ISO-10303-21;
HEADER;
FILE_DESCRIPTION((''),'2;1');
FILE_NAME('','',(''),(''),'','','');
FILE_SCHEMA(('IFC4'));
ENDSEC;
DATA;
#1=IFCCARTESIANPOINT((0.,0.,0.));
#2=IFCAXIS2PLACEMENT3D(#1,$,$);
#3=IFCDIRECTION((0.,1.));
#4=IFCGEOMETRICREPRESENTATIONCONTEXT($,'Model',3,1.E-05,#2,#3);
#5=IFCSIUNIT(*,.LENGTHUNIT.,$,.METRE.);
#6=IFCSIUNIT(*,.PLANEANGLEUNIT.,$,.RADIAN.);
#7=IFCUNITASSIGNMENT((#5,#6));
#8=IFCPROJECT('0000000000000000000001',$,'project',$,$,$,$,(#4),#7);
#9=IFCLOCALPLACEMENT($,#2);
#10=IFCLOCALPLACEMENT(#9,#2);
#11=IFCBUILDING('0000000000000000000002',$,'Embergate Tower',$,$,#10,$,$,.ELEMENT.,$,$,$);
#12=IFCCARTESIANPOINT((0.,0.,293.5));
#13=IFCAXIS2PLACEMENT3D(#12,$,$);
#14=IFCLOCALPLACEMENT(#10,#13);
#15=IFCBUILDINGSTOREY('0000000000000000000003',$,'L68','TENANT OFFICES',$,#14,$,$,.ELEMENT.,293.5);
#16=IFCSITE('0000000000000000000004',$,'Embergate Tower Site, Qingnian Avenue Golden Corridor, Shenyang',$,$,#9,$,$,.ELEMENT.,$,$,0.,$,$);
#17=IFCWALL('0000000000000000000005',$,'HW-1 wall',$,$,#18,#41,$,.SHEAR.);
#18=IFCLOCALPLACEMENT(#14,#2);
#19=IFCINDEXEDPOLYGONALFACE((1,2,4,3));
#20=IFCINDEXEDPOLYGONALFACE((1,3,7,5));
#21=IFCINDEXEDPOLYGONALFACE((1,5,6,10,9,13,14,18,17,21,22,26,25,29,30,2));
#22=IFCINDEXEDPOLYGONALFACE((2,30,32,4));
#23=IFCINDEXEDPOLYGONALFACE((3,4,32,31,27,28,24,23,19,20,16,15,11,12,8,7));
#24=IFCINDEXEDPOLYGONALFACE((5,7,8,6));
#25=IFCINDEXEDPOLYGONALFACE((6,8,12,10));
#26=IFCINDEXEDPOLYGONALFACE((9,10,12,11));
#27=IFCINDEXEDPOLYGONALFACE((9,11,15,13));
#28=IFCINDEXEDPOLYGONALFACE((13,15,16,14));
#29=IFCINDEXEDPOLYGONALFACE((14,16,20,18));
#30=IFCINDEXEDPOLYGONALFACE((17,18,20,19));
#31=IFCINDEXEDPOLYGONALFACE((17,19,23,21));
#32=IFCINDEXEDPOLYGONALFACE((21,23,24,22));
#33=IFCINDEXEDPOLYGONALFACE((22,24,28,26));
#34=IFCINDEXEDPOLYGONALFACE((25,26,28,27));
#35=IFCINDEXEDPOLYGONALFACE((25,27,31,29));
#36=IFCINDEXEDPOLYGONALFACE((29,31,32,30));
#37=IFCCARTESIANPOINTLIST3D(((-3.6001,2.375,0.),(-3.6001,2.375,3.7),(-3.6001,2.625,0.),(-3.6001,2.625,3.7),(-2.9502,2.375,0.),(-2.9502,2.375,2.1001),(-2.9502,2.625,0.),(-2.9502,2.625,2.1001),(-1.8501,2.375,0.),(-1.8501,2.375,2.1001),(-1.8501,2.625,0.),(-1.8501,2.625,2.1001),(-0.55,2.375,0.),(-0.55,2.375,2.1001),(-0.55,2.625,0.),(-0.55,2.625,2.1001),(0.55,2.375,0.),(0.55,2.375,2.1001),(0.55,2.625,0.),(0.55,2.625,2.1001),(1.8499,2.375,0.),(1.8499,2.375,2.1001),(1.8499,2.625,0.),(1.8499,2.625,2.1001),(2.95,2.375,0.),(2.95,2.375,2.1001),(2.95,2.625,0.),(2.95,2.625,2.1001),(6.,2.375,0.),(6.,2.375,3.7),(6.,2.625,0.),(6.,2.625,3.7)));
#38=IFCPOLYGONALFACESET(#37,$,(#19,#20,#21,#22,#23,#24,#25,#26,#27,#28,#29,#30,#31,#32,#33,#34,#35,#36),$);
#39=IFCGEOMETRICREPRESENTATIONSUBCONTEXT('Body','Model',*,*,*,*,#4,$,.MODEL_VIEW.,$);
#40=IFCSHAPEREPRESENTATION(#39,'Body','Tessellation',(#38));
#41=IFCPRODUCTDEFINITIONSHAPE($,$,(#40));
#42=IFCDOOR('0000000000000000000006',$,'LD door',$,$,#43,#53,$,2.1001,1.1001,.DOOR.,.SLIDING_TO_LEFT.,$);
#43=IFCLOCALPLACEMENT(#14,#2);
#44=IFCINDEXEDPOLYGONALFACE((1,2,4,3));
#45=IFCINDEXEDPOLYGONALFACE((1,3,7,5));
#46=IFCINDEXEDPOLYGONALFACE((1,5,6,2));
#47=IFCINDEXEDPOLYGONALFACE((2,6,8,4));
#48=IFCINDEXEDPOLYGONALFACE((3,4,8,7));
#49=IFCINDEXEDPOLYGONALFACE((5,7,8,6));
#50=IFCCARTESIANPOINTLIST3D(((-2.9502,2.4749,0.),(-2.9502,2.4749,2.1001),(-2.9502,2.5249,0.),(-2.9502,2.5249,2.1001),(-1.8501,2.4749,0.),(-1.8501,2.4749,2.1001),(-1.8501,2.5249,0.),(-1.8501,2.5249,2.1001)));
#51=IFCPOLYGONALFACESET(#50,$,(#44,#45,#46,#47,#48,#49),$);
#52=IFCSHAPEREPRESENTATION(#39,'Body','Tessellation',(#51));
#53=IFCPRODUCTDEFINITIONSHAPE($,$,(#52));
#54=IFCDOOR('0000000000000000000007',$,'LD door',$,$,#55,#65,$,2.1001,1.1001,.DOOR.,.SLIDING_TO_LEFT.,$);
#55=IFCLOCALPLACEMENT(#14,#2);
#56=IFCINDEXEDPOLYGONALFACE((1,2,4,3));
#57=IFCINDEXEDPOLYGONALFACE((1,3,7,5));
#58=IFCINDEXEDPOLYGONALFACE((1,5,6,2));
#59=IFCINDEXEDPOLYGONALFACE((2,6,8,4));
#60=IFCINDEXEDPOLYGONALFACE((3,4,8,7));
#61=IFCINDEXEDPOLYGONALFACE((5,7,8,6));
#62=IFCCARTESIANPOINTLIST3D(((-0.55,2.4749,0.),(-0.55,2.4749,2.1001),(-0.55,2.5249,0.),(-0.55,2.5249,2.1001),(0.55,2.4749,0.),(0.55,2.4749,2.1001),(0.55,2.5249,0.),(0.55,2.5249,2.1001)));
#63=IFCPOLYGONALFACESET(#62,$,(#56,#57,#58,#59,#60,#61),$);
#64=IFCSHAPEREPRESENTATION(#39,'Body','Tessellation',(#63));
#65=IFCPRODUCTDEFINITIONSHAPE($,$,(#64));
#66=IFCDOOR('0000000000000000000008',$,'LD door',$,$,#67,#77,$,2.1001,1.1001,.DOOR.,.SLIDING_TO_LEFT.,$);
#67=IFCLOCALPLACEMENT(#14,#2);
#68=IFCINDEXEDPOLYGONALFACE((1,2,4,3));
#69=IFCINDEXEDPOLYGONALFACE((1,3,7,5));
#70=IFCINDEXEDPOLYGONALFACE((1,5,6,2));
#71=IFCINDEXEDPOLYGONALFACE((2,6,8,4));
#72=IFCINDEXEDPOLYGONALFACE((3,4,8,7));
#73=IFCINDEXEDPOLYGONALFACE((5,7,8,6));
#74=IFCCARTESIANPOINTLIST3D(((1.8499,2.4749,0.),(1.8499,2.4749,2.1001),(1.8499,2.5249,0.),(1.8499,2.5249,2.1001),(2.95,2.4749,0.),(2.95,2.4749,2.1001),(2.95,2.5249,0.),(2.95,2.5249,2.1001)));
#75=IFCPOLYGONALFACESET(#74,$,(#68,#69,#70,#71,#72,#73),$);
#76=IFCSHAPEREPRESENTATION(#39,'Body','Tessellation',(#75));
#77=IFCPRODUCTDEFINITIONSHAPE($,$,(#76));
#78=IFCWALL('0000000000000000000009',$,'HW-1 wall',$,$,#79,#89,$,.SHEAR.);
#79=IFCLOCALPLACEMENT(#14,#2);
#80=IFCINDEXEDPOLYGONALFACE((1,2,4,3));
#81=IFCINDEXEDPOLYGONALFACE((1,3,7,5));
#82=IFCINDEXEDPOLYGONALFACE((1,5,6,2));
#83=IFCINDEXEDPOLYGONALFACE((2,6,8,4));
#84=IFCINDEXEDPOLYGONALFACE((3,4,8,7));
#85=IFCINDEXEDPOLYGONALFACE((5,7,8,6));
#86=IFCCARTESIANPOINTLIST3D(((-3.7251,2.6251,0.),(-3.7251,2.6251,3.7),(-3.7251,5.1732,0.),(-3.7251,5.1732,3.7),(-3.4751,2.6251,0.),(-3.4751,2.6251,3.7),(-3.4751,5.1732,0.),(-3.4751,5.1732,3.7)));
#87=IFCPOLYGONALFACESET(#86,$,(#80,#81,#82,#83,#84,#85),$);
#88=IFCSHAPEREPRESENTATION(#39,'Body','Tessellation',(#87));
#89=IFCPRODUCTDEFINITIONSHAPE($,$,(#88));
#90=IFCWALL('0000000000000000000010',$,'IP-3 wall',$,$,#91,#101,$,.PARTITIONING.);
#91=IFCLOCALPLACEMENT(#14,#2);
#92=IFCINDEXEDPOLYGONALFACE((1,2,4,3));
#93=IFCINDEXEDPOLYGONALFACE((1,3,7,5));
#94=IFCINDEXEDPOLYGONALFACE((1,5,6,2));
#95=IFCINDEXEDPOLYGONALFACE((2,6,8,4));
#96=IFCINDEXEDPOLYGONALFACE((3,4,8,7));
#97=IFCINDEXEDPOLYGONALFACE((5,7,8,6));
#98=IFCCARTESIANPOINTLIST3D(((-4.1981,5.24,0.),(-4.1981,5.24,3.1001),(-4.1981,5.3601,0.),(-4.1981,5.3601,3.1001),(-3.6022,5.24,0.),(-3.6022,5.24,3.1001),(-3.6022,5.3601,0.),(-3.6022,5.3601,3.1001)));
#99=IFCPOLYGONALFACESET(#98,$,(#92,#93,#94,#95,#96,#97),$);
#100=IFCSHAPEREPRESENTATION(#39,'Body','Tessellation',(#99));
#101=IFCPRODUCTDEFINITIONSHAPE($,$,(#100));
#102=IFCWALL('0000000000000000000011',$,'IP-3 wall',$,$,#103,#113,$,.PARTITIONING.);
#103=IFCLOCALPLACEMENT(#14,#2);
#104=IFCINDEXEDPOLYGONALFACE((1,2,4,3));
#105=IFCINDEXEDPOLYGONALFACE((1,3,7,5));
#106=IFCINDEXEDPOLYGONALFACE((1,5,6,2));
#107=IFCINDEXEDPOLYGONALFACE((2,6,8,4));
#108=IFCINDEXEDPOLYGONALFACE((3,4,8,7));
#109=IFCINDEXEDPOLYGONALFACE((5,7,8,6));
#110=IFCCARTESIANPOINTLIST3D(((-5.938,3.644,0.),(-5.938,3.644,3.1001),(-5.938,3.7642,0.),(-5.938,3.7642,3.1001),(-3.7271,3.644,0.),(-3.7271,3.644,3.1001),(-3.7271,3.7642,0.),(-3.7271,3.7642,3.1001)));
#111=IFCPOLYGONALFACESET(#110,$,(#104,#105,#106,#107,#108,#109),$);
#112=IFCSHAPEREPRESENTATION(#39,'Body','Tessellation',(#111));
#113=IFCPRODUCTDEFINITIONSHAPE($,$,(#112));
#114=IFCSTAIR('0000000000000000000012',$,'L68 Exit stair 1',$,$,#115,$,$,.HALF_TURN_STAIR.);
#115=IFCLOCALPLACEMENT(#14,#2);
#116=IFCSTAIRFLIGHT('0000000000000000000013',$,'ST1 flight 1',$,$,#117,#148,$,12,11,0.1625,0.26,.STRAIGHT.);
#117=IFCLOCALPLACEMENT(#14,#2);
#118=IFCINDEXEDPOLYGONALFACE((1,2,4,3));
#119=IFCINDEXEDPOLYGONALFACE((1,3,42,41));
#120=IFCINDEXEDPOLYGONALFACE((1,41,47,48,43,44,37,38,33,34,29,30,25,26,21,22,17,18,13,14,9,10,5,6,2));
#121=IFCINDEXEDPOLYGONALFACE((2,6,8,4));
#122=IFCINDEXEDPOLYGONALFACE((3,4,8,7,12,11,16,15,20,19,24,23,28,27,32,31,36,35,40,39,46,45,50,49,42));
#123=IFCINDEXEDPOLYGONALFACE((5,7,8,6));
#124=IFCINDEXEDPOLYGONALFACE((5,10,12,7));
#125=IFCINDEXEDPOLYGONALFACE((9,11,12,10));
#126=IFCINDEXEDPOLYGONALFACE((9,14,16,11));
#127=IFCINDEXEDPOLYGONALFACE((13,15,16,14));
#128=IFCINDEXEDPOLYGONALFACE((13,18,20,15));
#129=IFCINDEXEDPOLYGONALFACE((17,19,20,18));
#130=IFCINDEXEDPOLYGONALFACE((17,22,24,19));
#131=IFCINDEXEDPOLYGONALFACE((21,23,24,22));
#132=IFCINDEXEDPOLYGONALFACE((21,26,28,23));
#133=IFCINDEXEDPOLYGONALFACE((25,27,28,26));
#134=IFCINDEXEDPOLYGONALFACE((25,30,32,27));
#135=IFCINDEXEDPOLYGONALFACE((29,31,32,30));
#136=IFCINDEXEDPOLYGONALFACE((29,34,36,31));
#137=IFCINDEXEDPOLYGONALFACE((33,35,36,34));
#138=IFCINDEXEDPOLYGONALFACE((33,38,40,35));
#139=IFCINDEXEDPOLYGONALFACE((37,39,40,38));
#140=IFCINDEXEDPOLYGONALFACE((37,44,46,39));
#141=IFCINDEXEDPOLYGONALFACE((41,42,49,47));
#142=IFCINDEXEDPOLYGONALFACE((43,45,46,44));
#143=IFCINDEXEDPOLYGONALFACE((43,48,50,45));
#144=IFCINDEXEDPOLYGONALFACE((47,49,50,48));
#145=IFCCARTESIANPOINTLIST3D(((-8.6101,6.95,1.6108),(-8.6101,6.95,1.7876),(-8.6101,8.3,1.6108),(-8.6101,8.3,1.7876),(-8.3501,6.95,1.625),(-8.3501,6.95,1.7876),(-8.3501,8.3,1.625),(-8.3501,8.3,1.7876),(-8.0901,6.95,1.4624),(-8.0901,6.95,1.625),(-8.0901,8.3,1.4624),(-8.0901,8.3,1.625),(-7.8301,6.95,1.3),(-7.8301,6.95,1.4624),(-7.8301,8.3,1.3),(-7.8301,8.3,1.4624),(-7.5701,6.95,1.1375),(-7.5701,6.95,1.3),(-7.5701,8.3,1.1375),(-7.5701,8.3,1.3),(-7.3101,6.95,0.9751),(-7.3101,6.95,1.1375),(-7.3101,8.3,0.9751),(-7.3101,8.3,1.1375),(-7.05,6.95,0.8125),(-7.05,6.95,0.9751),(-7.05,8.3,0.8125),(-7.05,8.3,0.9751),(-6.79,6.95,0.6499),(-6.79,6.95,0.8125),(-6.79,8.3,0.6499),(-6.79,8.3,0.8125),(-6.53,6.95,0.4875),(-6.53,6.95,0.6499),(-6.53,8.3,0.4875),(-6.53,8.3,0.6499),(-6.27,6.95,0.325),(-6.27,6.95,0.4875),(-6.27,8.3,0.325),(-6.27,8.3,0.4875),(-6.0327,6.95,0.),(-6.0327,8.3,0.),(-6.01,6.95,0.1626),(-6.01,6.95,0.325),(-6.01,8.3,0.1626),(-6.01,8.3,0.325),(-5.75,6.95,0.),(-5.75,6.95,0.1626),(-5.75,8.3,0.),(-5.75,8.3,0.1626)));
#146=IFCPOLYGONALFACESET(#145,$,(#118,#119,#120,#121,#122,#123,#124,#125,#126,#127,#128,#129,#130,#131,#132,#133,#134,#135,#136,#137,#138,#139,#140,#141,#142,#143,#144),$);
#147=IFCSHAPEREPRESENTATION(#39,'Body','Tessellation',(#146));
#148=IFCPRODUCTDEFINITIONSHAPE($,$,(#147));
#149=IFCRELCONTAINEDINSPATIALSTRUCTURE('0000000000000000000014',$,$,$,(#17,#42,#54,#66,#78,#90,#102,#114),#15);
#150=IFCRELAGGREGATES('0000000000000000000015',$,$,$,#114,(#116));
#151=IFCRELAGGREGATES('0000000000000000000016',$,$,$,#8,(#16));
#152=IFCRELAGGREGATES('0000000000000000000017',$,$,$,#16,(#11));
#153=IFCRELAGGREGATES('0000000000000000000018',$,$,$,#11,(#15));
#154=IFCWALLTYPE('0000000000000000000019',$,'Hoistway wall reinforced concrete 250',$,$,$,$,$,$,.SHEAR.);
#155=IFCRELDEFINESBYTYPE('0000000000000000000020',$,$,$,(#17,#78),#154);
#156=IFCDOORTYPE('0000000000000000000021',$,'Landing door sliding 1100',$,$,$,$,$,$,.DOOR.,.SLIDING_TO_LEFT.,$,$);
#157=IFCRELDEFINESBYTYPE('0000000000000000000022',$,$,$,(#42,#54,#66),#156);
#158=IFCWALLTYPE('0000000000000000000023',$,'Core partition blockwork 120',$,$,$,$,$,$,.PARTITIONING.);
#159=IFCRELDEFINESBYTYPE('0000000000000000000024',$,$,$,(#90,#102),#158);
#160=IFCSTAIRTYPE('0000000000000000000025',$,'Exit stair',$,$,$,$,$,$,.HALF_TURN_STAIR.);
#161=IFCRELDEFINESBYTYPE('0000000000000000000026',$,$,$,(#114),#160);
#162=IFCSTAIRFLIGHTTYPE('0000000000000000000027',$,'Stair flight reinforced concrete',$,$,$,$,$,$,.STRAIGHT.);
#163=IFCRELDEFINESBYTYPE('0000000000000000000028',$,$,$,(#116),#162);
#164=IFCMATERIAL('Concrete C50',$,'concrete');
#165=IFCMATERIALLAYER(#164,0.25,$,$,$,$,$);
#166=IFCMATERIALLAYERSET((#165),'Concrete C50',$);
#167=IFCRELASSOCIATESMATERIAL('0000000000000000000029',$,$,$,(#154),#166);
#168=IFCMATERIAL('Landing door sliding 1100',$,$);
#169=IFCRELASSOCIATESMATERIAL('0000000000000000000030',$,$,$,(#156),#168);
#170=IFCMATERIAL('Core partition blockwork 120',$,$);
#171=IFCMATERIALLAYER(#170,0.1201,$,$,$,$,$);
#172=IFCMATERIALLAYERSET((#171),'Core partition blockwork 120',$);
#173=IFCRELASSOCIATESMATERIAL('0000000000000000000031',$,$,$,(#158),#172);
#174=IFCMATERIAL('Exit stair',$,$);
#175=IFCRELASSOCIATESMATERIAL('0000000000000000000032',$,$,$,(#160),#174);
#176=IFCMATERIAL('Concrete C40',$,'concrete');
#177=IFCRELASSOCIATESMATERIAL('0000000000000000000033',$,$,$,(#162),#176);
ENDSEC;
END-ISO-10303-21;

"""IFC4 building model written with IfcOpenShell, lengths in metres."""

from ifc_helpers import new_model, si_unit, direction, frame, frame_2d, origin, place, context, subcontext, project, spatial, polyline, rectangle, outline, extrude, source, transform, mapped, material, layer, layer_set, type_object, element, fill, aggregate, save


model = new_model("IFC4")

# Units and contexts
model_context = context("Model", 3, precision=1e-05, world=origin(), true_north=direction((0.0, 1.0)))
body_context = subcontext(model_context, "Body", "Model", "MODEL_VIEW")
ifc_project = project(units=[si_unit("LENGTHUNIT", "METRE"), si_unit("PLANEANGLEUNIT", "RADIAN")], contexts=[model_context])

# Site, building, storey
site_placement = place(None, origin())
site = spatial("IfcSite", under=ifc_project, at=site_placement, Name="Embergate Tower Site, Qingnian Avenue Golden Corridor, Shenyang", CompositionType="ELEMENT", RefElevation=0.0)
building_placement = place(site_placement, origin())
building = spatial("IfcBuilding", under=site, at=building_placement, Name="Embergate Tower", CompositionType="ELEMENT")
storey_placement = place(building_placement, frame((0.0, 0.0, 293.5)))
storey = spatial("IfcBuildingStorey", under=building, at=storey_placement, Name="L68", Description="TENANT OFFICES", CompositionType="ELEMENT", Elevation=293.5)

# Shared definitions
ifc_material_1 = material(Name="Concrete C50", Category="concrete")
ifc_layer_1 = layer(ifc_material_1, 0.25)
ifc_layer_set_1 = layer_set([ifc_layer_1], Name="Concrete C50")
wall_type_1 = type_object("IfcWallType", Name="Hoistway wall reinforced concrete 250", PredefinedType="SHEAR", material=ifc_layer_set_1)

# Shared definitions
shared_shape_1 = source(origin(), body_context, "Body", "SweptSolid", [
    extrude(rectangle(XDim=1.1001, YDim=2.1001, at=frame_2d((0.55, 1.05))), frame((0.0, 0.135, 0.0), z_axis=(0.0, -1.0, 0.0), x_axis=(1.0, 0.0, 0.0)), (0.0, 0.0, 1.0), 0.27),
])
ifc_material_2 = material(Name="Landing door sliding 1100")
door_type_1 = type_object("IfcDoorType", Name="Landing door sliding 1100", OperationType="SLIDING_TO_LEFT", PredefinedType="DOOR", material=ifc_material_2)
shared_shape_2 = source(origin(), body_context, "Body", "SweptSolid", [
    extrude(rectangle(XDim=1.1001, YDim=2.1001, at=frame_2d((0.55, 1.05))), frame((0.0, 0.0249, 0.0), z_axis=(0.0, -1.0, 0.0), x_axis=(1.0, 0.0, 0.0)), (0.0, 0.0, 1.0), 0.05),
])

# Shared definitions
ifc_material_3 = material(Name="Core partition blockwork 120")
ifc_layer_2 = layer(ifc_material_3, 0.1201)
ifc_layer_set_2 = layer_set([ifc_layer_2], Name="Core partition blockwork 120")
wall_type_2 = type_object("IfcWallType", Name="Core partition blockwork 120", PredefinedType="PARTITIONING", material=ifc_layer_set_2)

# Wall, openings, doors
shared_shape_3 = source(origin(), body_context, "Body", "SweptSolid", [
    extrude(rectangle(XDim=9.6001, YDim=0.25, at=frame_2d((4.8, 0.0))), origin(), (0.0, 0.0, 1.0), 3.7),
])
wall_1_placement = place(storey_placement, frame((-3.6001, 2.5, 0.0), z_axis=(0.0, 0.0, 1.0), x_axis=(1.0, 0.0, 0.0)))
wall_1 = element("IfcWall", 1, at=wall_1_placement, inside=storey, type_object=wall_type_1, Name="HW-1 wall", PredefinedType="SHEAR", context=body_context, shape_type="MappedRepresentation", body=[
    mapped(shared_shape_3, transform((0.0, 0.0, 0.0))),
])
opening_1_placement = place(wall_1_placement, frame((0.6499, 0.0, 0.0)))
opening_1 = element("IfcOpeningElement", 2, at=opening_1_placement, cuts=wall_1, PredefinedType="OPENING", context=body_context, shape_type="MappedRepresentation", body=[
    mapped(shared_shape_1, transform((0.0, 0.0, 0.0))),
])
opening_2_placement = place(wall_1_placement, frame((3.05, 0.0, 0.0)))
opening_2 = element("IfcOpeningElement", 3, at=opening_2_placement, cuts=wall_1, PredefinedType="OPENING", context=body_context, shape_type="MappedRepresentation", body=[
    mapped(shared_shape_1, transform((0.0, 0.0, 0.0))),
])
opening_3_placement = place(wall_1_placement, frame((5.45, 0.0, 0.0)))
opening_3 = element("IfcOpeningElement", 4, at=opening_3_placement, cuts=wall_1, PredefinedType="OPENING", context=body_context, shape_type="MappedRepresentation", body=[
    mapped(shared_shape_1, transform((0.0, 0.0, 0.0))),
])
door_1_placement = place(opening_1_placement, origin())
door_1 = element("IfcDoor", 5, at=door_1_placement, inside=storey, type_object=door_type_1, Name="LD door", OperationType="SLIDING_TO_LEFT", OverallHeight=2.1001, OverallWidth=1.1001, PredefinedType="DOOR", context=body_context, shape_type="MappedRepresentation", body=[
    mapped(shared_shape_2, transform((0.0, 0.0, 0.0))),
])
fill(opening_1, door_1)
door_2_placement = place(opening_2_placement, origin())
door_2 = element("IfcDoor", 6, at=door_2_placement, inside=storey, type_object=door_type_1, Name="LD door", OperationType="SLIDING_TO_LEFT", OverallHeight=2.1001, OverallWidth=1.1001, PredefinedType="DOOR", context=body_context, shape_type="MappedRepresentation", body=[
    mapped(shared_shape_2, transform((0.0, 0.0, 0.0))),
])
fill(opening_2, door_2)
door_3_placement = place(opening_3_placement, origin())
door_3 = element("IfcDoor", 7, at=door_3_placement, inside=storey, type_object=door_type_1, Name="LD door", OperationType="SLIDING_TO_LEFT", OverallHeight=2.1001, OverallWidth=1.1001, PredefinedType="DOOR", context=body_context, shape_type="MappedRepresentation", body=[
    mapped(shared_shape_2, transform((0.0, 0.0, 0.0))),
])
fill(opening_3, door_3)

# Walls
shared_shape_4 = source(origin(), body_context, "Body", "SweptSolid", [
    extrude(rectangle(XDim=2.5481, YDim=0.25, at=frame_2d((1.2739, 0.0))), origin(), (0.0, 0.0, 1.0), 3.7),
])
wall_2_placement = place(storey_placement, frame((-3.6001, 5.1731, 0.0), z_axis=(0.0, 0.0, 1.0), x_axis=(0.0, -1.0, 0.0)))
element("IfcWall", 8, at=wall_2_placement, inside=storey, type_object=wall_type_1, Name="HW-1 wall", PredefinedType="SHEAR", context=body_context, shape_type="MappedRepresentation", body=[
    mapped(shared_shape_4, transform((0.0, 0.0, 0.0))),
])
shared_shape_5 = source(origin(), body_context, "Body", "SweptSolid", [
    extrude(rectangle(XDim=0.5959, YDim=0.1201, at=frame_2d((0.2979, 0.0))), origin(), (0.0, 0.0, 1.0), 3.1001),
])
wall_3_placement = place(storey_placement, frame((-4.198, 5.3, 0.0), z_axis=(0.0, 0.0, 1.0), x_axis=(1.0, 0.0, 0.0)))
element("IfcWall", 9, at=wall_3_placement, inside=storey, type_object=wall_type_2, Name="IP-3 wall", PredefinedType="PARTITIONING", context=body_context, shape_type="MappedRepresentation", body=[
    mapped(shared_shape_5, transform((0.0, 0.0, 0.0))),
])
shared_shape_6 = source(origin(), body_context, "Body", "SweptSolid", [
    extrude(rectangle(XDim=2.2109, YDim=0.1201, at=frame_2d((1.1055, 0.0))), origin(), (0.0, 0.0, 1.0), 3.1001),
])
wall_4_placement = place(storey_placement, frame((-3.7271, 3.7041, 0.0), z_axis=(0.0, 0.0, 1.0), x_axis=(-1.0, 0.0, 0.0)))
element("IfcWall", 10, at=wall_4_placement, inside=storey, type_object=wall_type_2, Name="IP-3 wall", PredefinedType="PARTITIONING", context=body_context, shape_type="MappedRepresentation", body=[
    mapped(shared_shape_6, transform((0.0, 0.0, 0.0))),
])

# Stair, stair flight
ifc_material_4 = material(Name="Exit stair")
stair_type = type_object("IfcStairType", Name="Exit stair", PredefinedType="HALF_TURN_STAIR", material=ifc_material_4)
stair_placement = place(storey_placement, origin())
stair = element("IfcStair", 11, at=stair_placement, inside=storey, type_object=stair_type, Name="L68 Exit stair 1", PredefinedType="HALF_TURN_STAIR")
ifc_material_5 = material(Name="Concrete C40", Category="concrete")
stair_flight_type = type_object("IfcStairFlightType", Name="Stair flight reinforced concrete", PredefinedType="STRAIGHT", material=ifc_material_5)
shared_shape_7 = source(origin(), body_context, "Body", "SweptSolid", [
    extrude(outline(polyline([(0.0, 0.0), (0.0, 0.1626), (0.26, 0.1626), (0.26, 0.325), (0.52, 0.325), (0.52, 0.4875), (0.78, 0.4875), (0.78, 0.6499), (1.04, 0.6499), (1.04, 0.8125), (1.3, 0.8125), (1.3, 0.9751), (1.5601, 0.9751), (1.5601, 1.1375), (1.8201, 1.1375), (1.8201, 1.3), (2.0801, 1.3), (2.0801, 1.4624), (2.3401, 1.4624), (2.3401, 1.625), (2.6001, 1.625), (2.6001, 1.7876), (2.8601, 1.7876), (2.8601, 1.95), (2.8601, 1.6108), (0.2827, 0.0), (0.0, 0.0)])), frame((0.0, 0.675, 0.0), z_axis=(0.0, -1.0, 0.0), x_axis=(1.0, 0.0, 0.0)), (0.0, 0.0, 1.0), 1.3501),
])
stair_flight_placement = place(storey_placement, frame((-5.75, 7.625, 0.0), z_axis=(0.0, 0.0, 1.0), x_axis=(-1.0, 0.0, 0.0)))
stair_flight = element("IfcStairFlight", 12, at=stair_flight_placement, type_object=stair_flight_type, Name="ST1 flight 1", NumberOfRisers=12, NumberOfTreads=11, PredefinedType="STRAIGHT", RiserHeight=0.1625, TreadLength=0.26, context=body_context, shape_type="MappedRepresentation", body=[
    mapped(shared_shape_7, transform((0.0, 0.0, 0.0))),
])
aggregate(stair, [stair_flight])

save(model, "model.ifc")
